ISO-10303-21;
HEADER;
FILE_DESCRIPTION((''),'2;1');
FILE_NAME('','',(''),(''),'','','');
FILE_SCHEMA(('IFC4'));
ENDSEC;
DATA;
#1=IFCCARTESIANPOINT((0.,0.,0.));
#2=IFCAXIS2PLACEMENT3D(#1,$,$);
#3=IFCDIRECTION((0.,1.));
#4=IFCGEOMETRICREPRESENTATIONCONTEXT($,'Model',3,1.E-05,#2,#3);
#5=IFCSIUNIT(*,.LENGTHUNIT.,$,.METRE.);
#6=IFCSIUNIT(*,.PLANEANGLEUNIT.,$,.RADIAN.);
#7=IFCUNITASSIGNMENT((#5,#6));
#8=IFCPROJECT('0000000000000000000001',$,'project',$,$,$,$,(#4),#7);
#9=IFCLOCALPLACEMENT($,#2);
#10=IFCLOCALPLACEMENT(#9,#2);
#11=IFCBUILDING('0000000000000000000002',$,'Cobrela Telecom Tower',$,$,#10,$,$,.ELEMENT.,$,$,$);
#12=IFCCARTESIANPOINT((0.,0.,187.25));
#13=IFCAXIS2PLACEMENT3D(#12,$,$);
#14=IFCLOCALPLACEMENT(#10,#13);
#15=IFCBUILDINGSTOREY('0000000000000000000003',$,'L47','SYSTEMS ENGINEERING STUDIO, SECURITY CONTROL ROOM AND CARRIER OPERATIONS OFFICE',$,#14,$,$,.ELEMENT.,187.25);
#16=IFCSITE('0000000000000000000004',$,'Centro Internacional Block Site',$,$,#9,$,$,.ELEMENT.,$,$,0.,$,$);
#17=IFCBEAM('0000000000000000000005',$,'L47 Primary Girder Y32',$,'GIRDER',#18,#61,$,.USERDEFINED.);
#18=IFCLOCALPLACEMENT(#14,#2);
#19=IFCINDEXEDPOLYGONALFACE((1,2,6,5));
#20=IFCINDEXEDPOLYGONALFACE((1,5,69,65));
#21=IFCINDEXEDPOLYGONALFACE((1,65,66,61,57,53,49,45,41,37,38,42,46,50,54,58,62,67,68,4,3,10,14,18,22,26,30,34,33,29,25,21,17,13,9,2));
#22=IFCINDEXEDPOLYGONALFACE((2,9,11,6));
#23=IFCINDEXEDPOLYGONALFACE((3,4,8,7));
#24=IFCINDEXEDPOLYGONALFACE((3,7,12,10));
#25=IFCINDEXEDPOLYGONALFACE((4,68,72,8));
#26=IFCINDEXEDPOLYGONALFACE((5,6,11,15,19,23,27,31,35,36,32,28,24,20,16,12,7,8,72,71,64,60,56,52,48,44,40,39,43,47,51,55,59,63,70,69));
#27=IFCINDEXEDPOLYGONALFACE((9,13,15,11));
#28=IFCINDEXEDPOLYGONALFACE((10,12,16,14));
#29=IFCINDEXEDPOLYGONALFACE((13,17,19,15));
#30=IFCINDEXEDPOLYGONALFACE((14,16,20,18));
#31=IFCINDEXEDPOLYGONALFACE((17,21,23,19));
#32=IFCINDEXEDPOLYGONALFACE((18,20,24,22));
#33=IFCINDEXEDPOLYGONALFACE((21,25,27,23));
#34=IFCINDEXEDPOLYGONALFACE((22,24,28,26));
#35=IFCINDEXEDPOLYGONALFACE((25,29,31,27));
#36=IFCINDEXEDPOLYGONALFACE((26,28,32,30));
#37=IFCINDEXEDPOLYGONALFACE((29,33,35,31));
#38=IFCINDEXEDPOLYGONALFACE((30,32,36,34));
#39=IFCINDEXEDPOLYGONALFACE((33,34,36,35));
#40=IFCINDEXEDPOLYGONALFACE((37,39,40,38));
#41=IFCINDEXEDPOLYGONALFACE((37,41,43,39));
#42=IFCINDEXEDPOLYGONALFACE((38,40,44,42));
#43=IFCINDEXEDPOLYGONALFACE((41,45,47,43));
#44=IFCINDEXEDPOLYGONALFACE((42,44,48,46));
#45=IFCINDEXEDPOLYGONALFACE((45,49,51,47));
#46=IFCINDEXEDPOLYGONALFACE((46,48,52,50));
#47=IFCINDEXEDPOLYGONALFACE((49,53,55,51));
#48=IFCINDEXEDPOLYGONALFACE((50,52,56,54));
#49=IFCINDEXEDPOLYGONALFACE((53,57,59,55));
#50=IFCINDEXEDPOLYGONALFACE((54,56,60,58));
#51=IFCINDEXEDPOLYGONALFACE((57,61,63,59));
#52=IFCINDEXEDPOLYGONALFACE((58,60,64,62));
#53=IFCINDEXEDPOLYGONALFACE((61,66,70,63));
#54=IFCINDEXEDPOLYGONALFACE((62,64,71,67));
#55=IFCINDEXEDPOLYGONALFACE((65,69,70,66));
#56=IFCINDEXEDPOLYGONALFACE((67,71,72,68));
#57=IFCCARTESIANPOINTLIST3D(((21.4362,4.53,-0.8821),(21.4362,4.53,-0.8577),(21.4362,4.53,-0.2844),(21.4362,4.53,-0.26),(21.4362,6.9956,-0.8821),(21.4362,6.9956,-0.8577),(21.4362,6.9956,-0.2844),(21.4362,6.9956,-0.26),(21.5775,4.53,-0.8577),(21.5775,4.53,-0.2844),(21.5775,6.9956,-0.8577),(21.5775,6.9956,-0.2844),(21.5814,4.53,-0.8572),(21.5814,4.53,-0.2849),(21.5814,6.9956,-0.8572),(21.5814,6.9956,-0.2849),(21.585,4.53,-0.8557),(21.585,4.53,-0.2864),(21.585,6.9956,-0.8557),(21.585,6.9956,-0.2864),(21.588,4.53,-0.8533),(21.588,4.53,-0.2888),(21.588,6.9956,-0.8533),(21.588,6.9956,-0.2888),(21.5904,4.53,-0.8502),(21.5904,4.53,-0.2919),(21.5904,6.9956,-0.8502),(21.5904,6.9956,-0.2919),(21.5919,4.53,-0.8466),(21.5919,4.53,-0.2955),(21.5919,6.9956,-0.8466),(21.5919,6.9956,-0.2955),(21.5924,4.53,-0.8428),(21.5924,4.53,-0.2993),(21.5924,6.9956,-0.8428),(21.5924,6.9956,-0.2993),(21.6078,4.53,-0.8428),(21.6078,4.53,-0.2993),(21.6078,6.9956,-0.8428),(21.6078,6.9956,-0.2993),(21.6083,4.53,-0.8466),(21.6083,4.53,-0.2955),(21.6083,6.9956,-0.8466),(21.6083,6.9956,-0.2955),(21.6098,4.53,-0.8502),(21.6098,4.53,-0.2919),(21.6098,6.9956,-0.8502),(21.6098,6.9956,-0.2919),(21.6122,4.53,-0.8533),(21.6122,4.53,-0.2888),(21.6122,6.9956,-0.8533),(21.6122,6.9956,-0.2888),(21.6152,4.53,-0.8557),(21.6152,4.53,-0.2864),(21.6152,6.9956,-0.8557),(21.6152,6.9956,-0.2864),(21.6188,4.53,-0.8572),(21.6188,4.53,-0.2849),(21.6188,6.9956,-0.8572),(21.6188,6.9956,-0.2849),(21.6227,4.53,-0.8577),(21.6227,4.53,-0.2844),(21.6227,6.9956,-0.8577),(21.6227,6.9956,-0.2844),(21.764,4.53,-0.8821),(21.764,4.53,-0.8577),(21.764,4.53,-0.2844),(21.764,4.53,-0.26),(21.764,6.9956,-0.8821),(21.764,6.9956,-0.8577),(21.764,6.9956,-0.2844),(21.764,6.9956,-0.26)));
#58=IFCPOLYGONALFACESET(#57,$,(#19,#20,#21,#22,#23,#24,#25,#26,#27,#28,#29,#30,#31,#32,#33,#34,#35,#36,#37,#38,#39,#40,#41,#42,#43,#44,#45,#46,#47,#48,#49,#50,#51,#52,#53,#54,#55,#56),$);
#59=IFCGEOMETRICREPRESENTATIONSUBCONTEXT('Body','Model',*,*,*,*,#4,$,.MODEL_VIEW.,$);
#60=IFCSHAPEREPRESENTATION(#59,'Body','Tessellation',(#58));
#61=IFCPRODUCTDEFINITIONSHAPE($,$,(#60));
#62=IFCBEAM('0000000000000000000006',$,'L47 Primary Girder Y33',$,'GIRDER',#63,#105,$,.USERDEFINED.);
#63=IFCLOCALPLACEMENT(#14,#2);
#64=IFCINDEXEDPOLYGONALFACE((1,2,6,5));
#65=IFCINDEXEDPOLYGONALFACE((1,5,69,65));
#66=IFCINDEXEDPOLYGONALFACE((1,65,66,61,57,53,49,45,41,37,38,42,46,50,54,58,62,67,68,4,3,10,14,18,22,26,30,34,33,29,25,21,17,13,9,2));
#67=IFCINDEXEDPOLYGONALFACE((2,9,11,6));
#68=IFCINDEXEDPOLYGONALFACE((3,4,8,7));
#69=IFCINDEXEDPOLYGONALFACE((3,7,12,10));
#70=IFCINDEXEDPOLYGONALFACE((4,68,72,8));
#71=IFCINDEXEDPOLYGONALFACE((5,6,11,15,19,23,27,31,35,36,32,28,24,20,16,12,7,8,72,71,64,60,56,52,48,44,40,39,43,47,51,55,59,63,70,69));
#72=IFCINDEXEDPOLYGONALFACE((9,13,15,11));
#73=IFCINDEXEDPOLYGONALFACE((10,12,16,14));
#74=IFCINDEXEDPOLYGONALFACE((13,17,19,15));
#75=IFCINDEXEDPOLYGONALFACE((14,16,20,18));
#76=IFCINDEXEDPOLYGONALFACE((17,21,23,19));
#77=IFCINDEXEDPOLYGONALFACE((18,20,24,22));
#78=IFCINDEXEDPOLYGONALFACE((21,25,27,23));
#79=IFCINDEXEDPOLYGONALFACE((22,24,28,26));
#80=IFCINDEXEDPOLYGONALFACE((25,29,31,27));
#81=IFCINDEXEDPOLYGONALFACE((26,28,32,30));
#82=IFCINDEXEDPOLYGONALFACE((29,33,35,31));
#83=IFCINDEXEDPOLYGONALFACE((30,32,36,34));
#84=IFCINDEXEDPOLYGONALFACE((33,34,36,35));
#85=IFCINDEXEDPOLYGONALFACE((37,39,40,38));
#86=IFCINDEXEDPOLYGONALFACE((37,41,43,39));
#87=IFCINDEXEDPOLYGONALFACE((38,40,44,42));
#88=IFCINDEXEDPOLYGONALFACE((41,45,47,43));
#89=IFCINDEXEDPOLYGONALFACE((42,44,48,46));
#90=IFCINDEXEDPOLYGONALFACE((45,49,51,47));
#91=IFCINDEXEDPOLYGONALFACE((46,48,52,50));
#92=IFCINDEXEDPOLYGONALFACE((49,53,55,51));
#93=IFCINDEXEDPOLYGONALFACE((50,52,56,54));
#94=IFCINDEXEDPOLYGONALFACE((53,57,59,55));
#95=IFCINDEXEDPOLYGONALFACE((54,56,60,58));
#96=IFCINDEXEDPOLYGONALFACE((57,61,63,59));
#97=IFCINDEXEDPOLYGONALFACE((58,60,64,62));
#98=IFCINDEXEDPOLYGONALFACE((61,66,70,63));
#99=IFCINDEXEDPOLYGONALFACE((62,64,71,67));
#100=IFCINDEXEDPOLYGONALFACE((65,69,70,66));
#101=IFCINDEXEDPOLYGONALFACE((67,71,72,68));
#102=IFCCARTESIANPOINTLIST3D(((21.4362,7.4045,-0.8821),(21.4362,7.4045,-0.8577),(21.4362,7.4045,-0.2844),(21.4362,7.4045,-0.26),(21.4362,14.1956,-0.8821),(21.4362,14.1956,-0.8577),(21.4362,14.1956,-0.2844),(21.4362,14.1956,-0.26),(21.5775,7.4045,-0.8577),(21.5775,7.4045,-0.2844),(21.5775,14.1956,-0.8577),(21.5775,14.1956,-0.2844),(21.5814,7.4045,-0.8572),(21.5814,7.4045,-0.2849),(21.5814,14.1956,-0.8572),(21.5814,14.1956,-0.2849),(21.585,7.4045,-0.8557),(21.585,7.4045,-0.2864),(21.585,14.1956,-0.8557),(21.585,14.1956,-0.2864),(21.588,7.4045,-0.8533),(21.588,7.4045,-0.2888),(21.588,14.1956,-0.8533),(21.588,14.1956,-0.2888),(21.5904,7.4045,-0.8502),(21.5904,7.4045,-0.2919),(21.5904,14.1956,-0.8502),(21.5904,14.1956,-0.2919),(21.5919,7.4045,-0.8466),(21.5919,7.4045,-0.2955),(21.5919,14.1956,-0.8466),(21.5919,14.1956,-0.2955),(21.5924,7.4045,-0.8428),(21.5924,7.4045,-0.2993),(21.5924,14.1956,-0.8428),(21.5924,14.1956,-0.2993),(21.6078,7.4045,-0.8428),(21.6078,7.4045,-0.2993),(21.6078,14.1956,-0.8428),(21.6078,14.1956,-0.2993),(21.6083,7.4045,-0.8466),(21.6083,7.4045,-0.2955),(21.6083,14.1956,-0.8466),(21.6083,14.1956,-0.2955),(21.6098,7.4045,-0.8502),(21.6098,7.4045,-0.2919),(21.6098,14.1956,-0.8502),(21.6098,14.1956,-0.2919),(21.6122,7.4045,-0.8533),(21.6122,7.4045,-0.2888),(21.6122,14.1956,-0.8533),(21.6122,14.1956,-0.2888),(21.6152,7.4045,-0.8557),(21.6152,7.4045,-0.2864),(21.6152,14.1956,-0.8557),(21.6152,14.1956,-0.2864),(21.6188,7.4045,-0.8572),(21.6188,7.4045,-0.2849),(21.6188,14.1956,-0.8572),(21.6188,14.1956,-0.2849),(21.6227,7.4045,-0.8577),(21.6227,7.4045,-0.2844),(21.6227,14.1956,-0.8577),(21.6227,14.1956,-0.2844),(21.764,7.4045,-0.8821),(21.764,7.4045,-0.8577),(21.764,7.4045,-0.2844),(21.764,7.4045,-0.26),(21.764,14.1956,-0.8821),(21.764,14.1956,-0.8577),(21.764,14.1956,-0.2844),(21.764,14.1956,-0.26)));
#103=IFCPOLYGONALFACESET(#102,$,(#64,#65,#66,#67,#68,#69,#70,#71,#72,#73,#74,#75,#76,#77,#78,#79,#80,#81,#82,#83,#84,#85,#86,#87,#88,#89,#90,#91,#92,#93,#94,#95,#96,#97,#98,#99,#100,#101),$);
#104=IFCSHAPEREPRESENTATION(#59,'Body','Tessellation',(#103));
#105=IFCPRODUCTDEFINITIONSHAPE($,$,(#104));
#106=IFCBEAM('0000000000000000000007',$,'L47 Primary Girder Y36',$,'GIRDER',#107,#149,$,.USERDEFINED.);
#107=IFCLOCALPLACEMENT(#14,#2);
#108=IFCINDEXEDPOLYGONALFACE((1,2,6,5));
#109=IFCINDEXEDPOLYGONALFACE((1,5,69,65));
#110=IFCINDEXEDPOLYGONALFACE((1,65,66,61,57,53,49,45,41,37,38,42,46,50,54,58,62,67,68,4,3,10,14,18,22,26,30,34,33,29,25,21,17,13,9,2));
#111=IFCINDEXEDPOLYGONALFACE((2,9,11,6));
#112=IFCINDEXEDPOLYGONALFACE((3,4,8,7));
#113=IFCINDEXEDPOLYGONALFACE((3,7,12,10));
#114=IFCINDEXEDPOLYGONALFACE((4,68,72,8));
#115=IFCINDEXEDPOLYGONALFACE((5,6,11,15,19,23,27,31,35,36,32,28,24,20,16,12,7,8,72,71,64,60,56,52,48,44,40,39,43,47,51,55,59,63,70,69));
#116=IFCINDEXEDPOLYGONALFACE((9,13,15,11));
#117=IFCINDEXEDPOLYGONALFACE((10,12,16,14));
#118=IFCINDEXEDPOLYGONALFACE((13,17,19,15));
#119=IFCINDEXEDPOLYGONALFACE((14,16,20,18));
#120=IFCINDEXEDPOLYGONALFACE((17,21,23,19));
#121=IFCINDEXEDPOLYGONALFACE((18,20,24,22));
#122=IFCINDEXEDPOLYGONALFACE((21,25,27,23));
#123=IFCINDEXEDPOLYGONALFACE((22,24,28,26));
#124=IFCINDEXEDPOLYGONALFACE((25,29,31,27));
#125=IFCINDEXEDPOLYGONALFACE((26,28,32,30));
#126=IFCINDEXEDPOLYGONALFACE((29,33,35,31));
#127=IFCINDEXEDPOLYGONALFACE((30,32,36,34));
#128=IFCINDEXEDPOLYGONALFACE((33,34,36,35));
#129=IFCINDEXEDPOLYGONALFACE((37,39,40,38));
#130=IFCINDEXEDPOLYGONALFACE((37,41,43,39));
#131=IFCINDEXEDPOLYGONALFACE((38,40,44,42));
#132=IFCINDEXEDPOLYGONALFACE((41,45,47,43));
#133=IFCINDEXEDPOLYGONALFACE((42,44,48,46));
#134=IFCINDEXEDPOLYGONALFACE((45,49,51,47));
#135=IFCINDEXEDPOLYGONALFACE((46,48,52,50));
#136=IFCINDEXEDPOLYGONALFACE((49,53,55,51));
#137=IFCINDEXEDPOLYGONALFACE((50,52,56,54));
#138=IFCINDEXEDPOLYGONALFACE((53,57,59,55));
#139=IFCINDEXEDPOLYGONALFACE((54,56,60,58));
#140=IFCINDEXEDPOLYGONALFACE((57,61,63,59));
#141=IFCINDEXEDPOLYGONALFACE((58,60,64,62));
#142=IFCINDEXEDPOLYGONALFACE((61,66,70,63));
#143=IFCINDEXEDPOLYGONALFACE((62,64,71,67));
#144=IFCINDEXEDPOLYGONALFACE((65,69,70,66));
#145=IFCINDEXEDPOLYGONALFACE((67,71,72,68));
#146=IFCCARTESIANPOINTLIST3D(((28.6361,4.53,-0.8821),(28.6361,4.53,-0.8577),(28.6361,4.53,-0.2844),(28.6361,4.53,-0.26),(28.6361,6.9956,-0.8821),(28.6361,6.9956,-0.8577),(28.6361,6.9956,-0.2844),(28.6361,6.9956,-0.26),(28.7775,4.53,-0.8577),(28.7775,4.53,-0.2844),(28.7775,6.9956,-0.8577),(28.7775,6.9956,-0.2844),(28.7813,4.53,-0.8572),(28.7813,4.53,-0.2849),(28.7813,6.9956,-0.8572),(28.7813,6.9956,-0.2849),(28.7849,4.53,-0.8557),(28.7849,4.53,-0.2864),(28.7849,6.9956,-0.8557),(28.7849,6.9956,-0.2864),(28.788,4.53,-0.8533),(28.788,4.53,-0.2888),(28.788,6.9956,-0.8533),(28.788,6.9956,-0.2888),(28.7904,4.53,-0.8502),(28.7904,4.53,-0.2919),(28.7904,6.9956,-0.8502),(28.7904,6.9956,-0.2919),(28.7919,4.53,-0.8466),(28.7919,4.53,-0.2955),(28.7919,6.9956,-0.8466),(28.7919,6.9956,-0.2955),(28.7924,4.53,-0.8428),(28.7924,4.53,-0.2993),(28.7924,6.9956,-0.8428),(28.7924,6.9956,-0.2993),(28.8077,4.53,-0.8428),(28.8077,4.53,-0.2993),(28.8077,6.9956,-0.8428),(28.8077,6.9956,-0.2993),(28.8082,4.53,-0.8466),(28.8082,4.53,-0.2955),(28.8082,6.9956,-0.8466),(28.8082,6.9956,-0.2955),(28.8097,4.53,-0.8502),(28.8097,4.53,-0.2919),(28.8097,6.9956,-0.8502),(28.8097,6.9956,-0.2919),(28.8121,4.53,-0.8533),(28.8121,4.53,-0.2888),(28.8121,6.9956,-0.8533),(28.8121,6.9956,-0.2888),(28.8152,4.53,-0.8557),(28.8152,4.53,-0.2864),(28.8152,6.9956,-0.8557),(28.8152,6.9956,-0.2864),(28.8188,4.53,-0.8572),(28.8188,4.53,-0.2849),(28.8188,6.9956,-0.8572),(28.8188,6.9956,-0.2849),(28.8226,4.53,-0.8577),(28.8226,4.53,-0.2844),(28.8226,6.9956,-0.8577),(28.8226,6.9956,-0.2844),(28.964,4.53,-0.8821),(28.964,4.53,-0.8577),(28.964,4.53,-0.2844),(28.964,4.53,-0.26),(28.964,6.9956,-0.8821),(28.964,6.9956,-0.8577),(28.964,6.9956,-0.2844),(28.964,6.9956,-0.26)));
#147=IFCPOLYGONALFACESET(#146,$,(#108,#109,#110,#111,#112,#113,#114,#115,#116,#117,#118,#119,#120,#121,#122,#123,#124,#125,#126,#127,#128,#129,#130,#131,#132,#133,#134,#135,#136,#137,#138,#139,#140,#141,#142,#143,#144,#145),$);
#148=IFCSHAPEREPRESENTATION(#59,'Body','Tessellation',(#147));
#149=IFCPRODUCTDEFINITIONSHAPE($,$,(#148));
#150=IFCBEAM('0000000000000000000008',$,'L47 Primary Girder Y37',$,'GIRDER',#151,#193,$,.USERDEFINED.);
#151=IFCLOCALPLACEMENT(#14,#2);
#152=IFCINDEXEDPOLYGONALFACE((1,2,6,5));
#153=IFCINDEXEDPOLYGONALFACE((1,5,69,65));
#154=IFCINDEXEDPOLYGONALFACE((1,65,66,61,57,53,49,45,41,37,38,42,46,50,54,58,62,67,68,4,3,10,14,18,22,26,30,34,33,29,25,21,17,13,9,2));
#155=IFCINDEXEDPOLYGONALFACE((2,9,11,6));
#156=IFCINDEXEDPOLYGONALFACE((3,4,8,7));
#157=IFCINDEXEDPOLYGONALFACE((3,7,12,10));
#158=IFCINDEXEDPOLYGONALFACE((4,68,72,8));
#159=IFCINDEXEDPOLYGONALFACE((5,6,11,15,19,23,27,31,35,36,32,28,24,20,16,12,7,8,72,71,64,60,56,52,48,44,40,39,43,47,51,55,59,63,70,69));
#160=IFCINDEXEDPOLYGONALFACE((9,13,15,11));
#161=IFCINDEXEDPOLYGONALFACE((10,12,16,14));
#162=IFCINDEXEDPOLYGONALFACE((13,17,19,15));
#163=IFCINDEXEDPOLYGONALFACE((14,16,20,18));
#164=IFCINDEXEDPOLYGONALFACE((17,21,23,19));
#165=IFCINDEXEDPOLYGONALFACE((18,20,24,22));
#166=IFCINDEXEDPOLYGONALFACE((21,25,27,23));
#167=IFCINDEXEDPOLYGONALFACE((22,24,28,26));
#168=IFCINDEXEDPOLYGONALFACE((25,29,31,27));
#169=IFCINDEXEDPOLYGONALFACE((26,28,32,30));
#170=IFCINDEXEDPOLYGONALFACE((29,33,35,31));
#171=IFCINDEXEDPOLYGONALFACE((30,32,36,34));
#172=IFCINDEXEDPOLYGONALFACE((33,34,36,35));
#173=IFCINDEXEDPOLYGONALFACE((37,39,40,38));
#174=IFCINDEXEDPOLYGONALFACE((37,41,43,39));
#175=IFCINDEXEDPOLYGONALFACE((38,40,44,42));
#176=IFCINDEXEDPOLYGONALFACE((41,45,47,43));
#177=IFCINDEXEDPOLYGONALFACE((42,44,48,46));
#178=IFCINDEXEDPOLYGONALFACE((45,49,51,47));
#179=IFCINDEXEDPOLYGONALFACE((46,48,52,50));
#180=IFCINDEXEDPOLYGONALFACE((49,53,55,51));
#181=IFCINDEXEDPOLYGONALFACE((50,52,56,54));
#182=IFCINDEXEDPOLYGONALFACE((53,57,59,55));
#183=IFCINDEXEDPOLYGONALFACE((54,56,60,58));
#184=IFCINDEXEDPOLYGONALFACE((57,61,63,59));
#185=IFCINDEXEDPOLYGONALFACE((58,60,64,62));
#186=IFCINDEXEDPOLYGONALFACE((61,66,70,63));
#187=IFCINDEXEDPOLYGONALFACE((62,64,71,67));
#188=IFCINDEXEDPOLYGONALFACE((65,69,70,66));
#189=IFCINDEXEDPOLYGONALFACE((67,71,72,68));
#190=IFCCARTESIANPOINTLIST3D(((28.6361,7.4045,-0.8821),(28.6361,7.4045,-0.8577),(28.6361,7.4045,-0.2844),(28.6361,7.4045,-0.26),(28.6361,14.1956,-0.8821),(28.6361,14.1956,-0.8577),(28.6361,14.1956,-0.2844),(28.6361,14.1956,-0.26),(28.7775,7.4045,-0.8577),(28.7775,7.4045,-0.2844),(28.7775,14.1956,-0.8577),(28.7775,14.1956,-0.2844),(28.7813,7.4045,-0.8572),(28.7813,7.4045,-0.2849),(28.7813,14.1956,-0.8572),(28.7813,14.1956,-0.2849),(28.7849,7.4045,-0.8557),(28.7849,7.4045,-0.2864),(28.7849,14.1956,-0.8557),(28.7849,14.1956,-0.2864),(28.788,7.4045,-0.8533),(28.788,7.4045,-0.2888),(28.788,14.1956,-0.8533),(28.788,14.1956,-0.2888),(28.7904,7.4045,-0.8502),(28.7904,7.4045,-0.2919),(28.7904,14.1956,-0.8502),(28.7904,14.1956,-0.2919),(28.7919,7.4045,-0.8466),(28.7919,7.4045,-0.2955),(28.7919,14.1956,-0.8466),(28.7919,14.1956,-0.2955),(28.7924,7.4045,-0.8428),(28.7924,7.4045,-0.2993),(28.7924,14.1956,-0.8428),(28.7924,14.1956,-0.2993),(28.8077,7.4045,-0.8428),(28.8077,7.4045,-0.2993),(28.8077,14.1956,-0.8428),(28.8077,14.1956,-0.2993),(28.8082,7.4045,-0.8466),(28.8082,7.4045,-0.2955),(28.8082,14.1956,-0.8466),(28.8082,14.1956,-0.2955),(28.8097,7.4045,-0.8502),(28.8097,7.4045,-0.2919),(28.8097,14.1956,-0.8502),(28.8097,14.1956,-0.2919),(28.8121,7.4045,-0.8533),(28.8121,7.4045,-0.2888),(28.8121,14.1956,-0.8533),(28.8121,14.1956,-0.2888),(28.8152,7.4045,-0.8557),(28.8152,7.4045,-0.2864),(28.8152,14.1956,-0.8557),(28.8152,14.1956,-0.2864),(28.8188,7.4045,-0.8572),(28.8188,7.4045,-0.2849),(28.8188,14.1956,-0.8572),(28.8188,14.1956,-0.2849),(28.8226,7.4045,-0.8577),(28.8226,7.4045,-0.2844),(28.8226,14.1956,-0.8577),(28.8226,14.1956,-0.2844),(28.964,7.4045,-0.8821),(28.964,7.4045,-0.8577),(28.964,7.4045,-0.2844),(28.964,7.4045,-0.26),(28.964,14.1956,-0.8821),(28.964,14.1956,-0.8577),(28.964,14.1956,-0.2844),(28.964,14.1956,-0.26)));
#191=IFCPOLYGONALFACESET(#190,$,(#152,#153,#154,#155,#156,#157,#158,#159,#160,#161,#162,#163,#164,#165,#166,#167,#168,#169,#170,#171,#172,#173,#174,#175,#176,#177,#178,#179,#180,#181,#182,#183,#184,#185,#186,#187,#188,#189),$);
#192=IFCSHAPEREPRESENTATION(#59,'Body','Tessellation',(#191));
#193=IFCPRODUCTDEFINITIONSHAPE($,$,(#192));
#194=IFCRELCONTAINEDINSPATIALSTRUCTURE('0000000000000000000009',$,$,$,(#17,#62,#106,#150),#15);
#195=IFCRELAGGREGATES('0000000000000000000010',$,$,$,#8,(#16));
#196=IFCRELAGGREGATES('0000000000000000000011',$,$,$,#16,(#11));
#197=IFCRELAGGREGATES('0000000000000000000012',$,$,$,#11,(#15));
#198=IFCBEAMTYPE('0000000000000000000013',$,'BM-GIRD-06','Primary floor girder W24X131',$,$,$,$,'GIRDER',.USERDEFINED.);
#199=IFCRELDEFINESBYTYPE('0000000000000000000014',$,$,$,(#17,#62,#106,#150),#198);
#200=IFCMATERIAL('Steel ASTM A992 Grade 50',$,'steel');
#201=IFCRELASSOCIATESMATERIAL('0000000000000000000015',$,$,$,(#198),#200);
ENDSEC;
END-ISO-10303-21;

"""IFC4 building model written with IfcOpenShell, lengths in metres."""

from ifc_helpers import new_model, si_unit, direction, frame, origin, origin_2d, place, context, subcontext, project, spatial, i_section, extrude, material, material_profile, profile_set, type_object, element, save


model = new_model("IFC4")

# Units and contexts
model_context = context("Model", 3, precision=1e-05, world=origin(), true_north=direction((0.0, 1.0)))
body_context = subcontext(model_context, "Body", "Model", "MODEL_VIEW")
ifc_project = project(units=[si_unit("LENGTHUNIT", "METRE"), si_unit("PLANEANGLEUNIT", "RADIAN")], contexts=[model_context])

# Site, building, storey
site_placement = place(None, origin())
site = spatial("IfcSite", under=ifc_project, at=site_placement, Name="Centro Internacional Block Site", CompositionType="ELEMENT", RefElevation=0.0)
building_placement = place(site_placement, origin())
building = spatial("IfcBuilding", under=site, at=building_placement, Name="Cobrela Telecom Tower", CompositionType="ELEMENT")
storey_placement = place(building_placement, frame((0.0, 0.0, 187.25)))
storey = spatial("IfcBuildingStorey", under=building, at=storey_placement, Name="L47", Description="SYSTEMS ENGINEERING STUDIO, SECURITY CONTROL ROOM AND CARRIER OPERATIONS OFFICE", CompositionType="ELEMENT", Elevation=187.25)

# Shared definitions
ifc_material_1 = material(Name="Steel ASTM A992 Grade 50", Category="steel")

# Beams
ifc_material_profile_1 = material_profile(ifc_material_1, i_section(OverallWidth=0.3279, OverallDepth=0.6221, WebThickness=0.0154, FlangeThickness=0.0244, FilletRadius=0.0149, at=origin_2d()), Name="W24X131")
ifc_profile_set_1 = profile_set([ifc_material_profile_1], Name="Steel ASTM A992 Grade 50")
beam_type_1 = type_object("IfcBeamType", Name="BM-GIRD-06", Description="Primary floor girder W24X131", ElementType="GIRDER", PredefinedType="USERDEFINED", material=ifc_profile_set_1)
beam_1_placement = place(storey_placement, frame((21.6001, 4.53, -0.571), z_axis=(0.0, 1.0, 0.0), x_axis=(-1.0, 0.0, 0.0)))
element("IfcBeam", 1, at=beam_1_placement, inside=storey, type_object=beam_type_1, Name="L47 Primary Girder Y32", ObjectType="GIRDER", PredefinedType="USERDEFINED", context=body_context, shape_type="SweptSolid", body=[
    extrude(i_section(OverallWidth=0.3279, OverallDepth=0.6221, WebThickness=0.0154, FlangeThickness=0.0244, FilletRadius=0.0149, at=origin_2d()), origin(), (0.0, 0.0, 1.0), 2.4656),
])
beam_2_placement = place(storey_placement, frame((21.6001, 7.4045, -0.571), z_axis=(0.0, 1.0, 0.0), x_axis=(-1.0, 0.0, 0.0)))
element("IfcBeam", 2, at=beam_2_placement, inside=storey, type_object=beam_type_1, Name="L47 Primary Girder Y33", ObjectType="GIRDER", PredefinedType="USERDEFINED", context=body_context, shape_type="SweptSolid", body=[
    extrude(i_section(OverallWidth=0.3279, OverallDepth=0.6221, WebThickness=0.0154, FlangeThickness=0.0244, FilletRadius=0.0149, at=origin_2d()), origin(), (0.0, 0.0, 1.0), 6.791),
])
beam_3_placement = place(storey_placement, frame((28.8, 4.53, -0.571), z_axis=(0.0, 1.0, 0.0), x_axis=(-1.0, 0.0, 0.0)))
element("IfcBeam", 3, at=beam_3_placement, inside=storey, type_object=beam_type_1, Name="L47 Primary Girder Y36", ObjectType="GIRDER", PredefinedType="USERDEFINED", context=body_context, shape_type="SweptSolid", body=[
    extrude(i_section(OverallWidth=0.3279, OverallDepth=0.6221, WebThickness=0.0154, FlangeThickness=0.0244, FilletRadius=0.0149, at=origin_2d()), origin(), (0.0, 0.0, 1.0), 2.4656),
])
beam_4_placement = place(storey_placement, frame((28.8, 7.4045, -0.571), z_axis=(0.0, 1.0, 0.0), x_axis=(-1.0, 0.0, 0.0)))
element("IfcBeam", 4, at=beam_4_placement, inside=storey, type_object=beam_type_1, Name="L47 Primary Girder Y37", ObjectType="GIRDER", PredefinedType="USERDEFINED", context=body_context, shape_type="SweptSolid", body=[
    extrude(i_section(OverallWidth=0.3279, OverallDepth=0.6221, WebThickness=0.0154, FlangeThickness=0.0244, FilletRadius=0.0149, at=origin_2d()), origin(), (0.0, 0.0, 1.0), 6.791),
])

save(model, "model.ifc")
